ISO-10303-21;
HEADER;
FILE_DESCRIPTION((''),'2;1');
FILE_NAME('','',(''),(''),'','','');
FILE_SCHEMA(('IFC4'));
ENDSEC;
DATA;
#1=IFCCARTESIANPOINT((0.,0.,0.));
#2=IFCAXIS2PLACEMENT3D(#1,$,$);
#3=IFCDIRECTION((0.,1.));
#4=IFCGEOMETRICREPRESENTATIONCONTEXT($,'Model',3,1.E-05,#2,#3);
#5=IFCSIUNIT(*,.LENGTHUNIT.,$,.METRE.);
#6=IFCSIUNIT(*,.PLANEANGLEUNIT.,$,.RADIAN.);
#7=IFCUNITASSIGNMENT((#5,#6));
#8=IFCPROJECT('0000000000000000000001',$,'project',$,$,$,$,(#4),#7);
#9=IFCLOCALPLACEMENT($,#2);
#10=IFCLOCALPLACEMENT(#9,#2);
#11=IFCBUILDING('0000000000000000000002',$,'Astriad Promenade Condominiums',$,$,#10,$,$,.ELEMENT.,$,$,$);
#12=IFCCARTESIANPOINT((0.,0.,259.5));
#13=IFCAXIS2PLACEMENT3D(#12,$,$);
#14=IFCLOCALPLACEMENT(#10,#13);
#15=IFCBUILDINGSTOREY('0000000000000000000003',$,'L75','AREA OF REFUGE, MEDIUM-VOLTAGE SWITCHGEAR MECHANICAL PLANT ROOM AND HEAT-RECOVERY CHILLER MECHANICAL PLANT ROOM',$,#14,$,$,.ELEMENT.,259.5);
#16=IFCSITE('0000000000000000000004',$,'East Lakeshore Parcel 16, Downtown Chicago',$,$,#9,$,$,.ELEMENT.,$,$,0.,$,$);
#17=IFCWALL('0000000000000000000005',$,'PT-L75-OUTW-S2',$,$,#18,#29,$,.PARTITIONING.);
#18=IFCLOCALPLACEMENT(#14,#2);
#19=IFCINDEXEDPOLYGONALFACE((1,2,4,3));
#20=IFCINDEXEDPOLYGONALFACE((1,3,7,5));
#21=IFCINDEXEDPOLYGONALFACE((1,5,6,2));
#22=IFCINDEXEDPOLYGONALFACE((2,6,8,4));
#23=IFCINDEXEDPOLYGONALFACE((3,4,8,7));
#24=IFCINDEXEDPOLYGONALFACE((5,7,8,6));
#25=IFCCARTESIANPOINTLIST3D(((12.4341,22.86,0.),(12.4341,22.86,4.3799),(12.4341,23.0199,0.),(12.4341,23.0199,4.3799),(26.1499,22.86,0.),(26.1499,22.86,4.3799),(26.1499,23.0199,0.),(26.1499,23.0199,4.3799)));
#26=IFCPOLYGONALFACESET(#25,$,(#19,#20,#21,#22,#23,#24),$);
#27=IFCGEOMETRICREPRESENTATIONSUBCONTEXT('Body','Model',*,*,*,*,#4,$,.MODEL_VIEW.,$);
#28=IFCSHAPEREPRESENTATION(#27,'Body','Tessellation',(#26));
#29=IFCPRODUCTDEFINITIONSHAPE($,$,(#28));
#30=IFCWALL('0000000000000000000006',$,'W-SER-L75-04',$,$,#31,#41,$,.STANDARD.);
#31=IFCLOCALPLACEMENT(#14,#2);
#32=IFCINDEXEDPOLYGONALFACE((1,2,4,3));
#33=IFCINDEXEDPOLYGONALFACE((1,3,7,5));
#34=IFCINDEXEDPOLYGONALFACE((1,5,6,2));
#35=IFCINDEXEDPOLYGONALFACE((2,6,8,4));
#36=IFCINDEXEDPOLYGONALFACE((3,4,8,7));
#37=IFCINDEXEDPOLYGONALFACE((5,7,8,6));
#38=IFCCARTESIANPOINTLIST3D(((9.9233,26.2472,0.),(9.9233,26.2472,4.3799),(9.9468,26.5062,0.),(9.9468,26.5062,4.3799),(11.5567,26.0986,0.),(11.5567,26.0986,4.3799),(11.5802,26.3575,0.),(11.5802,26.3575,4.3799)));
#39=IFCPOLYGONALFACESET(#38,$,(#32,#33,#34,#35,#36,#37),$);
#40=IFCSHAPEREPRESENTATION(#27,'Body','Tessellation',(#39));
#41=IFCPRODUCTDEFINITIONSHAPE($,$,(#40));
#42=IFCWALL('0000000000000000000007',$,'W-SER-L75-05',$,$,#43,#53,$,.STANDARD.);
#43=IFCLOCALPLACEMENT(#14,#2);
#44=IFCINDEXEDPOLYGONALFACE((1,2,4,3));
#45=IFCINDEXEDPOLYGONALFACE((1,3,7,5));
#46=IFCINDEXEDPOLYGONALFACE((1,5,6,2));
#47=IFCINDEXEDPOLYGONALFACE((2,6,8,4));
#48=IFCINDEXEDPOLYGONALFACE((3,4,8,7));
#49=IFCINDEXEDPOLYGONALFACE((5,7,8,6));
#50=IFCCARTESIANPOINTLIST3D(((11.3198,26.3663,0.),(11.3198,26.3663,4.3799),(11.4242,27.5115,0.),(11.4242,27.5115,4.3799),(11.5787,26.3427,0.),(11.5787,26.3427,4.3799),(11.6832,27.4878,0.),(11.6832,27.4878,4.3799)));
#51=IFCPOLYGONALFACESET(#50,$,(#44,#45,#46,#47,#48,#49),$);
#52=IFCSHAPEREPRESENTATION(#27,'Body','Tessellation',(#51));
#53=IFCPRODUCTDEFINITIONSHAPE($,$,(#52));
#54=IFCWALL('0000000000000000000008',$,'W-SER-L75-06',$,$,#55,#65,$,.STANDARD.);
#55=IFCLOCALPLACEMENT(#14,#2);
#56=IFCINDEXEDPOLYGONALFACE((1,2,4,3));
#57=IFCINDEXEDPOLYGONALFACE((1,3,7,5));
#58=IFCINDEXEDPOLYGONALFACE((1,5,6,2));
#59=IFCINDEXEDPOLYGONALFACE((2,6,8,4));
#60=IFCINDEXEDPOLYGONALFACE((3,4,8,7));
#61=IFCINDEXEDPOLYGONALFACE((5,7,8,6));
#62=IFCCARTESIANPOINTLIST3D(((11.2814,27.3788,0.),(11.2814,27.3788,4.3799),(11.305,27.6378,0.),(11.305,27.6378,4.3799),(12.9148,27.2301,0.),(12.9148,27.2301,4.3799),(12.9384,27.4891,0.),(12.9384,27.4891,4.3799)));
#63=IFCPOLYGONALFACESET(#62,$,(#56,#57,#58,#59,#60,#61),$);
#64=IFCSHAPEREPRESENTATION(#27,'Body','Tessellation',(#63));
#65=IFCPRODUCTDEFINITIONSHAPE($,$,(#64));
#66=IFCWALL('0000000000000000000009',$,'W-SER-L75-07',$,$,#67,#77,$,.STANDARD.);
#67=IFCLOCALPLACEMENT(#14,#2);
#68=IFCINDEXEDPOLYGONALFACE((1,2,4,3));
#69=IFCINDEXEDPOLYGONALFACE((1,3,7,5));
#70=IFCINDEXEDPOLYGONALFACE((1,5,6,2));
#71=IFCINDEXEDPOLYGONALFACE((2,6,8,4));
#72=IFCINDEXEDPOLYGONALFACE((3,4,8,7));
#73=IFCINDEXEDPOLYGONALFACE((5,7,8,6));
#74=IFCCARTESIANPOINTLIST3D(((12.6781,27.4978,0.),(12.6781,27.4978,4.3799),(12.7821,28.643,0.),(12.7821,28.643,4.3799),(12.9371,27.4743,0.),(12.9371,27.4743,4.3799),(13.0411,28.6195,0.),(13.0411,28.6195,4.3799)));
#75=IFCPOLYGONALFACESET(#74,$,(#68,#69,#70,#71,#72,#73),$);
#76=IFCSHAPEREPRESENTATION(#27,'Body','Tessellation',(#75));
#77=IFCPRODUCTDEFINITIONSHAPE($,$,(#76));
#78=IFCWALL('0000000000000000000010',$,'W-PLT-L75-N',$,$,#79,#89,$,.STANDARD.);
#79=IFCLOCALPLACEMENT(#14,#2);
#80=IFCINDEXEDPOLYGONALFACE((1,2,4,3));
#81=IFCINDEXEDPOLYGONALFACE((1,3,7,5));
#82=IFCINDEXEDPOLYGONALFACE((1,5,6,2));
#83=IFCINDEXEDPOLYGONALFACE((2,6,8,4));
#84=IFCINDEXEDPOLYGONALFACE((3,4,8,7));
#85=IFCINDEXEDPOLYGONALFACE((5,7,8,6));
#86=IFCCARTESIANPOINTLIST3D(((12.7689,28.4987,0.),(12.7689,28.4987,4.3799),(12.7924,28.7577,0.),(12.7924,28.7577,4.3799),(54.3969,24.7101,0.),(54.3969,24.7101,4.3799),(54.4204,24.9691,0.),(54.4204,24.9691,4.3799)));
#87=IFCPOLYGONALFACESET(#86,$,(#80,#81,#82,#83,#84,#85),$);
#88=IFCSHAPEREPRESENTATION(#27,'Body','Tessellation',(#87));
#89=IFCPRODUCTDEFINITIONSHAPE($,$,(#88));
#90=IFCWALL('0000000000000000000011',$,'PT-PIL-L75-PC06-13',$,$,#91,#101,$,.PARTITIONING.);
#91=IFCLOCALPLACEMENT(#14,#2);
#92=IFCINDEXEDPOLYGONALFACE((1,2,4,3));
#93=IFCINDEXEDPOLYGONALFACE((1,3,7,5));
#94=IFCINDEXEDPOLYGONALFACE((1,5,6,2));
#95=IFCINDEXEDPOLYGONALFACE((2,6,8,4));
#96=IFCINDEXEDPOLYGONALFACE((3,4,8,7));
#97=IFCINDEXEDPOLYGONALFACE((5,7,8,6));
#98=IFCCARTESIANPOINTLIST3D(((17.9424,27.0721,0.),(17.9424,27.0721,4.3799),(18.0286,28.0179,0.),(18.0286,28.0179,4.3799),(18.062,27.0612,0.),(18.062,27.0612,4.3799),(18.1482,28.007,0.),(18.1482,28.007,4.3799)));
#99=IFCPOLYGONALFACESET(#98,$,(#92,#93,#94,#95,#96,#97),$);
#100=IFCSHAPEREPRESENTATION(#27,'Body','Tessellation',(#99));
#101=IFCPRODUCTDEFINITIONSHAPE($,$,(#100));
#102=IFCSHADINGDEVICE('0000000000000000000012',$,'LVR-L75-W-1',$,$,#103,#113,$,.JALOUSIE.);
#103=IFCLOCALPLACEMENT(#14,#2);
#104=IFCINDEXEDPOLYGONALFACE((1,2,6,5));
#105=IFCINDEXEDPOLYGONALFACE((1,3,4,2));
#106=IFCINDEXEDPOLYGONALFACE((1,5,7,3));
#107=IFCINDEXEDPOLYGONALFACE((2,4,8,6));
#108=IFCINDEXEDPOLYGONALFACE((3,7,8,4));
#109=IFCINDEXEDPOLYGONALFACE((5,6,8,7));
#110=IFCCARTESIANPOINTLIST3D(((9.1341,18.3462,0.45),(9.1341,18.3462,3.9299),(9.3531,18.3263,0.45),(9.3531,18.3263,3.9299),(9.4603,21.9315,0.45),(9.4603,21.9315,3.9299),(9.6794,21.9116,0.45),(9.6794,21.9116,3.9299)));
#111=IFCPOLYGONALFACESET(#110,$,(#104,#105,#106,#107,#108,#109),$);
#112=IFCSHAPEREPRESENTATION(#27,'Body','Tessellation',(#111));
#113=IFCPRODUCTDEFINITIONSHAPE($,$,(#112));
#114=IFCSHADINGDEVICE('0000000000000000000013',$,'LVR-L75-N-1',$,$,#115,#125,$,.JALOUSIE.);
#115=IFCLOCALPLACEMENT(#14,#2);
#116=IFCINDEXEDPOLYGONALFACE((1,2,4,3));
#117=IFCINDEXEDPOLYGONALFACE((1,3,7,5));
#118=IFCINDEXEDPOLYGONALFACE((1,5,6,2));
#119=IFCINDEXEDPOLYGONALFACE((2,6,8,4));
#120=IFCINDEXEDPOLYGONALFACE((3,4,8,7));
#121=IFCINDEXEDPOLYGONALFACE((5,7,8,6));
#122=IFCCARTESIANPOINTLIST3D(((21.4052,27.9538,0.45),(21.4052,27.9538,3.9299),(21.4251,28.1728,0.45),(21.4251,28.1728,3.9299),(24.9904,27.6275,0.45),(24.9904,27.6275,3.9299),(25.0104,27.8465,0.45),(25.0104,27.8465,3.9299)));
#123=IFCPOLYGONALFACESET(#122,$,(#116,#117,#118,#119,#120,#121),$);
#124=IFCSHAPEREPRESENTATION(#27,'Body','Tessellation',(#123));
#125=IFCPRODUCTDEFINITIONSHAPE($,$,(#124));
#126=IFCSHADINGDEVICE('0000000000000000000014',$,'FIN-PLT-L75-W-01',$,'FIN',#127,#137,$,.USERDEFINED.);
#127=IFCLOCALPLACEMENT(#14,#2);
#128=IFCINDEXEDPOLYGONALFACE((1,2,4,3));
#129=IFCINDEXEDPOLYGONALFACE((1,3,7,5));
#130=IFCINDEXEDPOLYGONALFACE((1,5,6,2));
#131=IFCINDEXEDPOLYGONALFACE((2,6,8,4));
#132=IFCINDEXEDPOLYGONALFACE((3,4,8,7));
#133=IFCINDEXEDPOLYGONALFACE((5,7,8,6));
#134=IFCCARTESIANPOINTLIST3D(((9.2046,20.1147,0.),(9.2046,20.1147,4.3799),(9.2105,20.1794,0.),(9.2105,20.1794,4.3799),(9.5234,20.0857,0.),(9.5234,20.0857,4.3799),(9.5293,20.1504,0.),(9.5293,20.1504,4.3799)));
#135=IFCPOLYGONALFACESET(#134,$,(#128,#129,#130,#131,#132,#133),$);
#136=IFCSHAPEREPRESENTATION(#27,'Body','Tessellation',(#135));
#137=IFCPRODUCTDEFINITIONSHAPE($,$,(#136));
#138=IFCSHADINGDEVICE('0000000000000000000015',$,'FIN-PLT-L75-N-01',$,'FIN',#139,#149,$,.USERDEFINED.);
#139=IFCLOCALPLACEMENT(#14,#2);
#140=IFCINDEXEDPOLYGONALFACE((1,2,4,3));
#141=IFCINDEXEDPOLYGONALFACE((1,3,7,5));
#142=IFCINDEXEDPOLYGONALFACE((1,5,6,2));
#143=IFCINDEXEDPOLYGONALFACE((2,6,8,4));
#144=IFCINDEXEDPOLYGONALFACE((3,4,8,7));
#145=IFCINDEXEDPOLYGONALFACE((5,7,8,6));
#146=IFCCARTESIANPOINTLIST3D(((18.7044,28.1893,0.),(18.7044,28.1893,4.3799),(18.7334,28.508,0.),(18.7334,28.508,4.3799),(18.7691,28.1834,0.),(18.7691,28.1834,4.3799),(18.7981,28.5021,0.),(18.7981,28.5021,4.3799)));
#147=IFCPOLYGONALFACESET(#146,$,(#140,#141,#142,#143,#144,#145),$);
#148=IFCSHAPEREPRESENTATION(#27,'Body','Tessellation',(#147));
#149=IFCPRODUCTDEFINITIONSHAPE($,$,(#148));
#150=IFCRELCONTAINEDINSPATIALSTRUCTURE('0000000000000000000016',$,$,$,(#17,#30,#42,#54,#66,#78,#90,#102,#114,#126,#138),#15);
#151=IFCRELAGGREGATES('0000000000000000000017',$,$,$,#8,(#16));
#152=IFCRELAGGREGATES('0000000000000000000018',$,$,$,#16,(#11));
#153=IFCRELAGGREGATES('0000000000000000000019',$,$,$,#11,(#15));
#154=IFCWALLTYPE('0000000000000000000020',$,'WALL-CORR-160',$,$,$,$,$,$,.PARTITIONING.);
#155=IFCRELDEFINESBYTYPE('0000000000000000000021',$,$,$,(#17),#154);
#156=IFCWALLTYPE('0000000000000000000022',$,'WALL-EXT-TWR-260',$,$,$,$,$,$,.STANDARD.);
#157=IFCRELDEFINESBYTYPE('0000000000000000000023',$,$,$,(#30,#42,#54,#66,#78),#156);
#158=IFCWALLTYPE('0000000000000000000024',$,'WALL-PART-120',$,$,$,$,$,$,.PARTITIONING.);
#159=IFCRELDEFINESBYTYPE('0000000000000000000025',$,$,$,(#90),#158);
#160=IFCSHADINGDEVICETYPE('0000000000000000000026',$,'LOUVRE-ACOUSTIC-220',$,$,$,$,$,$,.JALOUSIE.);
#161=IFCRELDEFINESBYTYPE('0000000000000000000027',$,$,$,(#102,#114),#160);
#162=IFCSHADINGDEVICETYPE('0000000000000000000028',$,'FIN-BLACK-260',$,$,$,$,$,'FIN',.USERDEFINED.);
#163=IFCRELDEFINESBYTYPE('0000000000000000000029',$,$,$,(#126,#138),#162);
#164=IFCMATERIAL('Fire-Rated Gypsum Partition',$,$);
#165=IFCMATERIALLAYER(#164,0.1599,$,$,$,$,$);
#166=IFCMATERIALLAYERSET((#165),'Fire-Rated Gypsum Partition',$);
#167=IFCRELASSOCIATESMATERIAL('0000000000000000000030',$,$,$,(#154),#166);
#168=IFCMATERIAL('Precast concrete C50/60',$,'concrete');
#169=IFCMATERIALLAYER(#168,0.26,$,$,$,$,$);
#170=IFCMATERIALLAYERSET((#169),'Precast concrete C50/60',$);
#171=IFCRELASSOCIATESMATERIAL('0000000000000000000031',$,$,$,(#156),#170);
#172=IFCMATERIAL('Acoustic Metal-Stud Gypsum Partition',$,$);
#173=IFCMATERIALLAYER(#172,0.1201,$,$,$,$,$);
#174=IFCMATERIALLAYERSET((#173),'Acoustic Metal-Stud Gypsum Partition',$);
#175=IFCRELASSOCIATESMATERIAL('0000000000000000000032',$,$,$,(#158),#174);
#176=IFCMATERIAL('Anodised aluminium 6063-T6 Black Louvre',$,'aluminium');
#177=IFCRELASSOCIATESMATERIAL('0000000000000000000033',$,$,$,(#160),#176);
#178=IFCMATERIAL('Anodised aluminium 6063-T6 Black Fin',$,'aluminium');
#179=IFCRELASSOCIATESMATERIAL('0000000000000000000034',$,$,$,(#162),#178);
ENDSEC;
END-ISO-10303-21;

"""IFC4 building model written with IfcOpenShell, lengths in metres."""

from ifc_helpers import new_model, si_unit, direction, frame, frame_2d, origin, origin_2d, place, context, subcontext, project, spatial, rectangle, extrude, source, transform, mapped, material, layer, layer_set, type_object, type_shapes, element, save


model = new_model("IFC4")

# Units and contexts
model_context = context("Model", 3, precision=1e-05, world=origin(), true_north=direction((0.0, 1.0)))
body_context = subcontext(model_context, "Body", "Model", "MODEL_VIEW")
ifc_project = project(units=[si_unit("LENGTHUNIT", "METRE"), si_unit("PLANEANGLEUNIT", "RADIAN")], contexts=[model_context])

# Site, building, storey
site_placement = place(None, origin())
site = spatial("IfcSite", under=ifc_project, at=site_placement, Name="East Lakeshore Parcel 16, Downtown Chicago", CompositionType="ELEMENT", RefElevation=0.0)
building_placement = place(site_placement, origin())
building = spatial("IfcBuilding", under=site, at=building_placement, Name="Astriad Promenade Condominiums", CompositionType="ELEMENT")
storey_placement = place(building_placement, frame((0.0, 0.0, 259.5)))
storey = spatial("IfcBuildingStorey", under=building, at=storey_placement, Name="L75", Description="AREA OF REFUGE, MEDIUM-VOLTAGE SWITCHGEAR MECHANICAL PLANT ROOM AND HEAT-RECOVERY CHILLER MECHANICAL PLANT ROOM", CompositionType="ELEMENT", Elevation=259.5)

# Walls
ifc_material_1 = material(Name="Fire-Rated Gypsum Partition")
ifc_layer_1 = layer(ifc_material_1, 0.1599)
ifc_layer_set_1 = layer_set([ifc_layer_1], Name="Fire-Rated Gypsum Partition")
wall_type_1 = type_object("IfcWallType", Name="WALL-CORR-160", PredefinedType="PARTITIONING", material=ifc_layer_set_1)
wall_1_placement = place(storey_placement, frame((12.4341, 22.9399, 0.0), z_axis=(0.0, 0.0, 1.0), x_axis=(1.0, 0.0, 0.0)))
element("IfcWall", 1, at=wall_1_placement, inside=storey, type_object=wall_type_1, Name="PT-L75-OUTW-S2", PredefinedType="PARTITIONING", context=body_context, shape_type="SweptSolid", body=[
    extrude(rectangle(XDim=13.7158, YDim=0.1599, at=frame_2d((6.8579, 0.0))), origin(), (0.0, 0.0, 1.0), 4.3799),
])
ifc_material_2 = material(Name="Precast concrete C50/60", Category="concrete")
ifc_layer_2 = layer(ifc_material_2, 0.26)
ifc_layer_set_2 = layer_set([ifc_layer_2], Name="Precast concrete C50/60")
wall_type_2 = type_object("IfcWallType", Name="WALL-EXT-TWR-260", PredefinedType="STANDARD", material=ifc_layer_set_2)
wall_2_placement = place(storey_placement, frame((9.9351, 26.3767, 0.0), z_axis=(0.0, 0.0, 1.0), x_axis=(0.995882, -0.090657, 0.0)))
element("IfcWall", 2, at=wall_2_placement, inside=storey, type_object=wall_type_2, Name="W-SER-L75-04", PredefinedType="STANDARD", context=body_context, shape_type="SweptSolid", body=[
    extrude(rectangle(XDim=1.6401, YDim=0.26, at=frame_2d((0.8201, 0.0))), origin(), (0.0, 0.0, 1.0), 4.3799),
])
wall_3_placement = place(storey_placement, frame((11.4492, 26.3545, 0.0), z_axis=(0.0, 0.0, 1.0), x_axis=(0.090861, 0.995864, 0.0)))
element("IfcWall", 3, at=wall_3_placement, inside=storey, type_object=wall_type_2, Name="W-SER-L75-05", PredefinedType="STANDARD", context=body_context, shape_type="SweptSolid", body=[
    extrude(rectangle(XDim=1.1499, YDim=0.26, at=frame_2d((0.575, 0.0))), origin(), (0.0, 0.0, 1.0), 4.3799),
])
wall_4_placement = place(storey_placement, frame((11.2932, 27.5083, 0.0), z_axis=(0.0, 0.0, 1.0), x_axis=(0.995882, -0.090657, 0.0)))
element("IfcWall", 4, at=wall_4_placement, inside=storey, type_object=wall_type_2, Name="W-SER-L75-06", PredefinedType="STANDARD", context=body_context, shape_type="SweptSolid", body=[
    extrude(rectangle(XDim=1.6401, YDim=0.26, at=frame_2d((0.8201, 0.0))), origin(), (0.0, 0.0, 1.0), 4.3799),
])
wall_5_placement = place(storey_placement, frame((12.8076, 27.4861, 0.0), z_axis=(0.0, 0.0, 1.0), x_axis=(0.09044, 0.995902, 0.0)))
element("IfcWall", 5, at=wall_5_placement, inside=storey, type_object=wall_type_2, Name="W-SER-L75-07", PredefinedType="STANDARD", context=body_context, shape_type="SweptSolid", body=[
    extrude(rectangle(XDim=1.1499, YDim=0.26, at=frame_2d((0.575, 0.0))), origin(), (0.0, 0.0, 1.0), 4.3799),
])
wall_6_placement = place(storey_placement, frame((12.7808, 28.6282, 0.0), z_axis=(0.0, 0.0, 1.0), x_axis=(0.995884, -0.090636, 0.0)))
element("IfcWall", 6, at=wall_6_placement, inside=storey, type_object=wall_type_2, Name="W-PLT-L75-N", PredefinedType="STANDARD", context=body_context, shape_type="SweptSolid", body=[
    extrude(rectangle(XDim=41.8, YDim=0.26, at=frame_2d((20.8999, 0.0))), origin(), (0.0, 0.0, 1.0), 4.3799),
])
ifc_material_3 = material(Name="Acoustic Metal-Stud Gypsum Partition")
ifc_layer_3 = layer(ifc_material_3, 0.1201)
ifc_layer_set_3 = layer_set([ifc_layer_3], Name="Acoustic Metal-Stud Gypsum Partition")
wall_type_3 = type_object("IfcWallType", Name="WALL-PART-120", PredefinedType="PARTITIONING", material=ifc_layer_set_3)
wall_7_placement = place(storey_placement, frame((18.0022, 27.0667, 0.0), z_axis=(0.0, 0.0, 1.0), x_axis=(0.090744, 0.995874, 0.0)))
element("IfcWall", 7, at=wall_7_placement, inside=storey, type_object=wall_type_3, Name="PT-PIL-L75-PC06-13", PredefinedType="PARTITIONING", context=body_context, shape_type="SweptSolid", body=[
    extrude(rectangle(XDim=0.9497, YDim=0.1201, at=frame_2d((0.4749, 0.0))), origin(), (0.0, 0.0, 1.0), 4.3799),
])

# Shading devices
ifc_material_4 = material(Name="Anodised aluminium 6063-T6 Black Louvre", Category="aluminium")
shading_device_type_1 = type_object("IfcShadingDeviceType", Name="LOUVRE-ACOUSTIC-220", PredefinedType="JALOUSIE", material=ifc_material_4)
shared_shape_1 = source(origin(), body_context, "Body", "SweptSolid", [
    extrude(rectangle(XDim=3.6001, YDim=0.22, at=origin_2d()), origin(), (0.0, 0.0, 1.0), 3.48),
])
type_shapes(shading_device_type_1, [shared_shape_1])
for number, where, z_axis, x_axis, name in (
    (8, (9.4067, 20.1289, 0.45), (0.0, 0.0, 1.0), (0.090633, 0.995884, 0.0), "LVR-L75-W-1"),
    (9, (23.2078, 27.9001, 0.45), (0.0, 0.0, 1.0), (0.995884, -0.090633, 0.0), "LVR-L75-N-1"),
):
    element("IfcShadingDevice", number, at=place(storey_placement, frame(where, z_axis=z_axis, x_axis=x_axis)), inside=storey, type_object=shading_device_type_1, Name=name, PredefinedType="JALOUSIE", context=body_context, shape_type="MappedRepresentation", body=[
        mapped(shared_shape_1, transform((0.0, 0.0, 0.0), scale=1.0)),
    ])
ifc_material_5 = material(Name="Anodised aluminium 6063-T6 Black Fin", Category="aluminium")
shading_device_type_2 = type_object("IfcShadingDeviceType", Name="FIN-BLACK-260", ElementType="FIN", PredefinedType="USERDEFINED", material=ifc_material_5)
shared_shape_2 = source(origin(), body_context, "Body", "SweptSolid", [
    extrude(rectangle(XDim=0.0649, YDim=0.3201, at=origin_2d()), origin(), (0.0, 0.0, 1.0), 4.3799),
])
type_shapes(shading_device_type_2, [shared_shape_2])
for number, where, z_axis, x_axis, name in (
    (10, (9.3669, 20.1326, 0.0), (0.0, 0.0, 1.0), (0.090633, 0.995884, 0.0), "FIN-PLT-L75-W-01"),
    (11, (18.7512, 28.3457, 0.0), (0.0, 0.0, 1.0), (0.995884, -0.090633, 0.0), "FIN-PLT-L75-N-01"),
):
    element("IfcShadingDevice", number, at=place(storey_placement, frame(where, z_axis=z_axis, x_axis=x_axis)), inside=storey, type_object=shading_device_type_2, Name=name, ObjectType="FIN", PredefinedType="USERDEFINED", context=body_context, shape_type="MappedRepresentation", body=[
        mapped(shared_shape_2, transform((0.0, 0.0, 0.0), scale=1.0)),
    ])

save(model, "model.ifc")
